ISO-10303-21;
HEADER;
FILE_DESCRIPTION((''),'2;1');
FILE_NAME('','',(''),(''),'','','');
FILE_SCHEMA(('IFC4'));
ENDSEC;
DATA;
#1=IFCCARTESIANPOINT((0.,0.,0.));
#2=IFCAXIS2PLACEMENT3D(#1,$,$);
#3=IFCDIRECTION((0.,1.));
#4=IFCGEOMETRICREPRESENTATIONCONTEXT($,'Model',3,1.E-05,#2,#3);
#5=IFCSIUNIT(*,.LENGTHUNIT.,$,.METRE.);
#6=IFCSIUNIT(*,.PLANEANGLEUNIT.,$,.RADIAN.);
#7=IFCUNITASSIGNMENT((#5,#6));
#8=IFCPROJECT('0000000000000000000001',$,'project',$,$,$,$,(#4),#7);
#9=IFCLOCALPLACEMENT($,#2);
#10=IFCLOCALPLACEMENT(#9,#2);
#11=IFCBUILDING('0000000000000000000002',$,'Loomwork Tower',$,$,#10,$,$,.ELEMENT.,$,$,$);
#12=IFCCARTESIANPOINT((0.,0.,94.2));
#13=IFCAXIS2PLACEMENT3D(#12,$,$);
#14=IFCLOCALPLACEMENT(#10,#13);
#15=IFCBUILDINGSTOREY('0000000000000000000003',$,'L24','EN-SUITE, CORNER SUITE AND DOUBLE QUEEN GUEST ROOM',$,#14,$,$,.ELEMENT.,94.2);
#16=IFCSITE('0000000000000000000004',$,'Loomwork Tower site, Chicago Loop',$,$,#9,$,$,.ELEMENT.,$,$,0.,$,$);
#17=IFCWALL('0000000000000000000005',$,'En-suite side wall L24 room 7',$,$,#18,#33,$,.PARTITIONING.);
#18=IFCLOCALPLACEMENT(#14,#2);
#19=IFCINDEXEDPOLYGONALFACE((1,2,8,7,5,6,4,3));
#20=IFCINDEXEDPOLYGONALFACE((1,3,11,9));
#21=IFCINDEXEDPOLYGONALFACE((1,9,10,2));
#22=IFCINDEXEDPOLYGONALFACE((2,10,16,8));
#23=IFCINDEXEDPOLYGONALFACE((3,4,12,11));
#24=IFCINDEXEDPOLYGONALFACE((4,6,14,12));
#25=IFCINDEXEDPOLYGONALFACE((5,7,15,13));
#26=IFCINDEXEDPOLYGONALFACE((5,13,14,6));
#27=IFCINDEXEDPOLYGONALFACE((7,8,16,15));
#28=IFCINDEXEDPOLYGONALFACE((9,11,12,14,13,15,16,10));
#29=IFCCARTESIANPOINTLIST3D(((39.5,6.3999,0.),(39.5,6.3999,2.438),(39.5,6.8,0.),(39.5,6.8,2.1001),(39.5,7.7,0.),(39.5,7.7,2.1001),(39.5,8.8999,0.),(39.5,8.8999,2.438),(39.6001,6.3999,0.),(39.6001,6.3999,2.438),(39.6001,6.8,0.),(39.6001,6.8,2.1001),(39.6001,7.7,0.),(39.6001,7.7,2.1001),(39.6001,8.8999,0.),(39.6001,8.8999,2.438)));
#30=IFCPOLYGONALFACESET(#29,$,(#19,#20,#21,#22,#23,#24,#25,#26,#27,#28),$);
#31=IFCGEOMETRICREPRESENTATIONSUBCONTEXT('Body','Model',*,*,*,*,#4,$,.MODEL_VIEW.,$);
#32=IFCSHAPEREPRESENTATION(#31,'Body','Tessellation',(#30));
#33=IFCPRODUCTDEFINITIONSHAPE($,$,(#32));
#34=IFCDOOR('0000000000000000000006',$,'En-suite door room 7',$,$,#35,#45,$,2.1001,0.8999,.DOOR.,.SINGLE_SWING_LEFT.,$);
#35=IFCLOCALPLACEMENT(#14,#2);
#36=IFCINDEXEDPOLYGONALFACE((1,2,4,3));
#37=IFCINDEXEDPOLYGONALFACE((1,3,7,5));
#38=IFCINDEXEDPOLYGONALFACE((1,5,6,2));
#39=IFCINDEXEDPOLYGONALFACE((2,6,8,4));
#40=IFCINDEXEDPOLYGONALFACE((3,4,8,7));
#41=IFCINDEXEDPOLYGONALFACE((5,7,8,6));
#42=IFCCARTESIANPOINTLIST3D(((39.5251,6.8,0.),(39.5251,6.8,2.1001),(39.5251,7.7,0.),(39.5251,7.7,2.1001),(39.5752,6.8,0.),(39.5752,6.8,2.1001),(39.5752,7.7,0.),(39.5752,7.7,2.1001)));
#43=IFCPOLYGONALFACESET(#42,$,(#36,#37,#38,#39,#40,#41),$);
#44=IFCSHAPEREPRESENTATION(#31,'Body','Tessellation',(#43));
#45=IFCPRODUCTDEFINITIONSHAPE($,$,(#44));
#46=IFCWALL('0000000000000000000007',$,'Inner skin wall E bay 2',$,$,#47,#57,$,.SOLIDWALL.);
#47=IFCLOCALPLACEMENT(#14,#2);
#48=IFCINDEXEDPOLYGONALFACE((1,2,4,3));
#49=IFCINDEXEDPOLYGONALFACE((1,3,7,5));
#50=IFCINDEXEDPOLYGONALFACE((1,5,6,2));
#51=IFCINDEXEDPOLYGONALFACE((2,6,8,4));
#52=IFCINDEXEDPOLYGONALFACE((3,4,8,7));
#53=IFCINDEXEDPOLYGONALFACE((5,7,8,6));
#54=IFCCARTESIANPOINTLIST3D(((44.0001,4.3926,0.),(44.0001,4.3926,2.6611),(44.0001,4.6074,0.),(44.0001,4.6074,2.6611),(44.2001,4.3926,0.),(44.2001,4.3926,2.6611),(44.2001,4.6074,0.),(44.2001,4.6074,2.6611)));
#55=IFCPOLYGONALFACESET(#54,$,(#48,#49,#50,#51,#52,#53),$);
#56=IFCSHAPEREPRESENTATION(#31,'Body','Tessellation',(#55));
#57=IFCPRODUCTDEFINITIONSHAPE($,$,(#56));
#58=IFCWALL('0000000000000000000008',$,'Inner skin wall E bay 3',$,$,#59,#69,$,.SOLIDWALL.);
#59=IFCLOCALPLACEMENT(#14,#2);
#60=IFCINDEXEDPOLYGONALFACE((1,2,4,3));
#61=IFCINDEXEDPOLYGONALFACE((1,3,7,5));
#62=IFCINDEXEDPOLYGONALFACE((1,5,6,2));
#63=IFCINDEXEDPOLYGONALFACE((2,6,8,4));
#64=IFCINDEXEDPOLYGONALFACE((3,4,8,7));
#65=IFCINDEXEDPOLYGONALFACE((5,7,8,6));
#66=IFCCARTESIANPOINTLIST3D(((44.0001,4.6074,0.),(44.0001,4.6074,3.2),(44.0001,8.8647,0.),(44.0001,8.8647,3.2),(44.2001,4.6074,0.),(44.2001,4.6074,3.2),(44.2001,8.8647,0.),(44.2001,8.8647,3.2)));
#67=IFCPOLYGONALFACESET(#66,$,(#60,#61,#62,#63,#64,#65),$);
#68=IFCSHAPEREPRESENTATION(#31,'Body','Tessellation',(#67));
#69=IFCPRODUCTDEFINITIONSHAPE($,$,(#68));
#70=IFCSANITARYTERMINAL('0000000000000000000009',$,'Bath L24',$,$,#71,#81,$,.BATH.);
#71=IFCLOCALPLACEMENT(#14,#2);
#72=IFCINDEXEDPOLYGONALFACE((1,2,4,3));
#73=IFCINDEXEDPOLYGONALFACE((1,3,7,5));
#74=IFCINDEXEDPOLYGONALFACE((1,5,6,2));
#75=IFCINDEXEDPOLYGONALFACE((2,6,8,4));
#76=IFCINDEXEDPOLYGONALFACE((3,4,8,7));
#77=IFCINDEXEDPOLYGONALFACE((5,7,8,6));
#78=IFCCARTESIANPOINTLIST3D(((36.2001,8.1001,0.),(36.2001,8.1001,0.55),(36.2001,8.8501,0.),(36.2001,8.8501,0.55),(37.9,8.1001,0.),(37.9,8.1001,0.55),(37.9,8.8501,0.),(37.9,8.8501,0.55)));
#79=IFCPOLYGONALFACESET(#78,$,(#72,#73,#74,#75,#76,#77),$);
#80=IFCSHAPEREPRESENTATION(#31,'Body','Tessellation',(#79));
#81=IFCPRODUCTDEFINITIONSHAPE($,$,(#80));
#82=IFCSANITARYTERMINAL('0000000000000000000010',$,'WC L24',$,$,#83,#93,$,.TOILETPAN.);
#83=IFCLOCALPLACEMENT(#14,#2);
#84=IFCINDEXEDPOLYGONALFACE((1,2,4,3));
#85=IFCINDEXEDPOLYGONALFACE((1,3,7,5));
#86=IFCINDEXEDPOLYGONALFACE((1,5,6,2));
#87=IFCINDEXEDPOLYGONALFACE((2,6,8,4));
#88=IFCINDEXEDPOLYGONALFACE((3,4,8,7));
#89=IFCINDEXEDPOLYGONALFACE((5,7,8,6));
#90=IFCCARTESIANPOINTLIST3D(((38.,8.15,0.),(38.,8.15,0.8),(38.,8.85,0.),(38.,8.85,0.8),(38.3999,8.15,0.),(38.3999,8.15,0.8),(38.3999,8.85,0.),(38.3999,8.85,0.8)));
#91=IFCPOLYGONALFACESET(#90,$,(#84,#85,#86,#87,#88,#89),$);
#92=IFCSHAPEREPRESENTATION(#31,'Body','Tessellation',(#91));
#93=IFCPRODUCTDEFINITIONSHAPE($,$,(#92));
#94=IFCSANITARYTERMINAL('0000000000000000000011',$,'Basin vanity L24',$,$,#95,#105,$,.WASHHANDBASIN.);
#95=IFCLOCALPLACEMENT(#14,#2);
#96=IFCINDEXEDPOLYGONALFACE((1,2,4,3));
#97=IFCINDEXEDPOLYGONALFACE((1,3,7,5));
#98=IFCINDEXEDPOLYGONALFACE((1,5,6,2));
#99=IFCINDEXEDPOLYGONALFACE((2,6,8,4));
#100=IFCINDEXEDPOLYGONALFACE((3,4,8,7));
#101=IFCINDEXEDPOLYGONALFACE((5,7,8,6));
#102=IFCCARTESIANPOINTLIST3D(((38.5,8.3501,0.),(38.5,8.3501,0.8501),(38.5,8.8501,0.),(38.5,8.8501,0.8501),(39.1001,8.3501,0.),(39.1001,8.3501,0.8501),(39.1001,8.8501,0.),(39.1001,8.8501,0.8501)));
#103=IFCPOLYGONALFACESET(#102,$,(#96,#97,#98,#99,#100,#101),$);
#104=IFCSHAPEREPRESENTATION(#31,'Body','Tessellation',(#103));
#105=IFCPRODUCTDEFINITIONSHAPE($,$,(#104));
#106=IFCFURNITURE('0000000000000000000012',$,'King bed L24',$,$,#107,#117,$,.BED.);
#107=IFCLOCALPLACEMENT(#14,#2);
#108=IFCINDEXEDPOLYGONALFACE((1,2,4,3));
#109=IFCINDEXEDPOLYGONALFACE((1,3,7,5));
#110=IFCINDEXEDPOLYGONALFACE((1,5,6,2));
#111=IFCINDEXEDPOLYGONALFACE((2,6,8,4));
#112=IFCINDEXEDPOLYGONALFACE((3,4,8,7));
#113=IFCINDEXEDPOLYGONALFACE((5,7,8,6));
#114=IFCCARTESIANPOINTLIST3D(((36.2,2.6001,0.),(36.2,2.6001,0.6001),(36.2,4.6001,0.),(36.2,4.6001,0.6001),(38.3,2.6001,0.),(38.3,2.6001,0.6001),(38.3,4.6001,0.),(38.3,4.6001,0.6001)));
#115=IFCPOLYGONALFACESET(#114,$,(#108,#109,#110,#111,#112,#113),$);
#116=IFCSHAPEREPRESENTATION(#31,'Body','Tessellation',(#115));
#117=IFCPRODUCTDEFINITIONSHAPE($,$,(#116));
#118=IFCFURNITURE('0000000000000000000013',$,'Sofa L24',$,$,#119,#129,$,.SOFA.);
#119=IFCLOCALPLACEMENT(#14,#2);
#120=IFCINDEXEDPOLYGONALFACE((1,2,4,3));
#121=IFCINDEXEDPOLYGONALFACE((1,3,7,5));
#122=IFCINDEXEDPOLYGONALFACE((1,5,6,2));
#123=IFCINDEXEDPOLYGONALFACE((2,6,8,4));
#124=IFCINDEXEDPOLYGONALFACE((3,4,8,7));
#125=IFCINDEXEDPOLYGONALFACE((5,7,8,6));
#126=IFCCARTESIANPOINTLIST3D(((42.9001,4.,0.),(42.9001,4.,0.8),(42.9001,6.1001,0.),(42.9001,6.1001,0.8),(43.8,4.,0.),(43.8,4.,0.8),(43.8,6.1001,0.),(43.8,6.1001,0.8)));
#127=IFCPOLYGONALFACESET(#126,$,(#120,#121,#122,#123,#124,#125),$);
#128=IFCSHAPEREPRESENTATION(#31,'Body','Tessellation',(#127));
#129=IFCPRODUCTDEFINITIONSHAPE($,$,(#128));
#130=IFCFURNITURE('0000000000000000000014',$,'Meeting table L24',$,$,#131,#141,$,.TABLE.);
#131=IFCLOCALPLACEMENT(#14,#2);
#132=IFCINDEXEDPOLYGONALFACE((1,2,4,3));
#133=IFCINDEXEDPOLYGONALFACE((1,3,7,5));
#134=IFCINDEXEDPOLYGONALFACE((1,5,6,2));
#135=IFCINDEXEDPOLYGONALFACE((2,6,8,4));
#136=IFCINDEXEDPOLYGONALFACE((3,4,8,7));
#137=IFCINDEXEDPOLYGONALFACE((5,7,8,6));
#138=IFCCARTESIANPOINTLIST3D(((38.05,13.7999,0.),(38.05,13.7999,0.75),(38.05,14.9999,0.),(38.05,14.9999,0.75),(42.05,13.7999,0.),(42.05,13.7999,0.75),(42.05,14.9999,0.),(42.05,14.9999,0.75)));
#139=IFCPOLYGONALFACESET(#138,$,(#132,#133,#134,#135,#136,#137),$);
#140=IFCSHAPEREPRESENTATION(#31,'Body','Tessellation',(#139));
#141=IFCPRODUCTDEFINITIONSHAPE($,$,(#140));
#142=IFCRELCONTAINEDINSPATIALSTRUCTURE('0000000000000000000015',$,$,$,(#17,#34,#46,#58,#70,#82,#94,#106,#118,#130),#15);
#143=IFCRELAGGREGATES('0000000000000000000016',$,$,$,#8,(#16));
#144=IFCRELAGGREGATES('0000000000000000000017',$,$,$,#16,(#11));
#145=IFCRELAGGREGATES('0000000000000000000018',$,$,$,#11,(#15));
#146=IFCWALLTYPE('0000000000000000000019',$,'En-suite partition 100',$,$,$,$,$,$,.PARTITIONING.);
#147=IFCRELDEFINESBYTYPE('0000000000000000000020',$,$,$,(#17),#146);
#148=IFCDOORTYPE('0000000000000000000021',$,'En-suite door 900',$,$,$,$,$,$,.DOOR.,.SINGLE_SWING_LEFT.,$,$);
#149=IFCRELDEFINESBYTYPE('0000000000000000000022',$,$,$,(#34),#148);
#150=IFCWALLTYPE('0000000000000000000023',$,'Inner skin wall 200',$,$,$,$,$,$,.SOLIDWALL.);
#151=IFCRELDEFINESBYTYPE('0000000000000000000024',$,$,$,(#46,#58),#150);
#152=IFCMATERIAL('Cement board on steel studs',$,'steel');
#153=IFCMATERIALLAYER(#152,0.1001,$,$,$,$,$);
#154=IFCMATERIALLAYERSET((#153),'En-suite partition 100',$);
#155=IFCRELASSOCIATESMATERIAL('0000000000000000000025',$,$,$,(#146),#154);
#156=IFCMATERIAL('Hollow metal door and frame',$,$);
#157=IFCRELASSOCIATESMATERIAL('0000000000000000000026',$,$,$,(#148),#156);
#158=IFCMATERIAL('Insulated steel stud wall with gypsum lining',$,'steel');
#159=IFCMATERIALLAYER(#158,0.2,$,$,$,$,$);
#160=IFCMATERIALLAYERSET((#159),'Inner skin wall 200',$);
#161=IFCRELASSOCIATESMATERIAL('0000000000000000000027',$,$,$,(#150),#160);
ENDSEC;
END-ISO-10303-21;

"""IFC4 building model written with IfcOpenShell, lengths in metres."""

from ifc_helpers import new_model, si_unit, direction, frame, frame_2d, origin, origin_2d, place, context, subcontext, project, spatial, rectangle, extrude, material, layer, layer_set, type_object, element, fill, save


model = new_model("IFC4")

# Units and contexts
model_context = context("Model", 3, precision=1e-05, world=origin(), true_north=direction((0.0, 1.0)))
body_context = subcontext(model_context, "Body", "Model", "MODEL_VIEW")
ifc_project = project(units=[si_unit("LENGTHUNIT", "METRE"), si_unit("PLANEANGLEUNIT", "RADIAN")], contexts=[model_context])

# Site, building, storey
site_placement = place(None, origin())
site = spatial("IfcSite", under=ifc_project, at=site_placement, Name="Loomwork Tower site, Chicago Loop", CompositionType="ELEMENT", RefElevation=0.0)
building_placement = place(site_placement, origin())
building = spatial("IfcBuilding", under=site, at=building_placement, Name="Loomwork Tower", CompositionType="ELEMENT")
storey_placement = place(building_placement, frame((0.0, 0.0, 94.2)))
storey = spatial("IfcBuildingStorey", under=building, at=storey_placement, Name="L24", Description="EN-SUITE, CORNER SUITE AND DOUBLE QUEEN GUEST ROOM", CompositionType="ELEMENT", Elevation=94.2)

# Shared definitions
ifc_material_1 = material(Name="Cement board on steel studs", Category="steel")
ifc_layer_1 = layer(ifc_material_1, 0.1001)
ifc_layer_set_1 = layer_set([ifc_layer_1], Name="En-suite partition 100")
wall_type_1 = type_object("IfcWallType", Name="En-suite partition 100", PredefinedType="PARTITIONING", material=ifc_layer_set_1)

# Wall, opening, door
wall_1_placement = place(storey_placement, frame((39.55, 8.8999, 0.0), z_axis=(0.0, 0.0, 1.0), x_axis=(0.0, -1.0, 0.0)))
wall_1 = element("IfcWall", 1, at=wall_1_placement, inside=storey, type_object=wall_type_1, Name="En-suite side wall L24 room 7", PredefinedType="PARTITIONING", context=body_context, shape_type="SweptSolid", body=[
    extrude(rectangle(XDim=2.5, YDim=0.1001, at=frame_2d((1.25, 0.0))), origin(), (0.0, 0.0, 1.0), 2.438),
])
opening_1_placement = place(wall_1_placement, frame((1.2, 0.0, 0.0)))
opening_1 = element("IfcOpeningElement", 2, at=opening_1_placement, cuts=wall_1, PredefinedType="OPENING", context=body_context, shape_type="SweptSolid", body=[
    extrude(rectangle(XDim=0.8999, YDim=2.1001, at=frame_2d((0.45, 1.05))), frame((0.0, 0.0601, 0.0), z_axis=(0.0, -1.0, 0.0), x_axis=(1.0, 0.0, 0.0)), (0.0, 0.0, 1.0), 0.1201),
])
ifc_material_2 = material(Name="Hollow metal door and frame")
door_type_1 = type_object("IfcDoorType", Name="En-suite door 900", OperationType="SINGLE_SWING_LEFT", PredefinedType="DOOR", material=ifc_material_2)
door_1_placement = place(opening_1_placement, frame((0.8999, 0.0, 0.0), z_axis=(0.0, 0.0, 1.0), x_axis=(-1.0, 0.0, 0.0)))
door_1 = element("IfcDoor", 3, at=door_1_placement, inside=storey, type_object=door_type_1, Name="En-suite door room 7", OperationType="SINGLE_SWING_LEFT", OverallHeight=2.1001, OverallWidth=0.8999, PredefinedType="DOOR", context=body_context, shape_type="SweptSolid", body=[
    extrude(rectangle(XDim=0.8999, YDim=2.1001, at=frame_2d((0.45, 1.05))), frame((0.0, 0.0249, 0.0), z_axis=(0.0, -1.0, 0.0), x_axis=(1.0, 0.0, 0.0)), (0.0, 0.0, 1.0), 0.05),
])
fill(opening_1, door_1)

# Walls
ifc_material_3 = material(Name="Insulated steel stud wall with gypsum lining", Category="steel")
ifc_layer_2 = layer(ifc_material_3, 0.2)
ifc_layer_set_2 = layer_set([ifc_layer_2], Name="Inner skin wall 200")
wall_type_2 = type_object("IfcWallType", Name="Inner skin wall 200", PredefinedType="SOLIDWALL", material=ifc_layer_set_2)
wall_2_placement = place(storey_placement, frame((44.1001, 4.3926, 0.0), z_axis=(0.0, 0.0, 1.0), x_axis=(0.0, 1.0, 0.0)))
element("IfcWall", 4, at=wall_2_placement, inside=storey, type_object=wall_type_2, Name="Inner skin wall E bay 2", PredefinedType="SOLIDWALL", context=body_context, shape_type="SweptSolid", body=[
    extrude(rectangle(XDim=0.2148, YDim=0.2, at=frame_2d((0.1074, 0.0))), origin(), (0.0, 0.0, 1.0), 2.6611),
])
wall_3_placement = place(storey_placement, frame((44.1001, 4.6074, 0.0), z_axis=(0.0, 0.0, 1.0), x_axis=(0.0, 1.0, 0.0)))
element("IfcWall", 5, at=wall_3_placement, inside=storey, type_object=wall_type_2, Name="Inner skin wall E bay 3", PredefinedType="SOLIDWALL", context=body_context, shape_type="SweptSolid", body=[
    extrude(rectangle(XDim=4.2573, YDim=0.2, at=frame_2d((2.1287, 0.0))), origin(), (0.0, 0.0, 1.0), 3.2),
])

# Sanitary terminals
sanitary_terminal_1_placement = place(storey_placement, frame((37.05, 8.4751, 0.0), z_axis=(0.0, 0.0, 1.0), x_axis=(1.0, 0.0, 0.0)))
element("IfcSanitaryTerminal", 6, at=sanitary_terminal_1_placement, inside=storey, Name="Bath L24", PredefinedType="BATH", context=body_context, shape_type="SweptSolid", body=[
    extrude(rectangle(XDim=1.7, YDim=0.75, at=origin_2d()), origin(), (0.0, 0.0, 1.0), 0.55),
])
sanitary_terminal_2_placement = place(storey_placement, frame((38.2, 8.5, 0.0), z_axis=(0.0, 0.0, 1.0), x_axis=(1.0, 0.0, 0.0)))
element("IfcSanitaryTerminal", 7, at=sanitary_terminal_2_placement, inside=storey, Name="WC L24", PredefinedType="TOILETPAN", context=body_context, shape_type="SweptSolid", body=[
    extrude(rectangle(XDim=0.3999, YDim=0.7, at=origin_2d()), origin(), (0.0, 0.0, 1.0), 0.8),
])
sanitary_terminal_3_placement = place(storey_placement, frame((38.8, 8.6001, 0.0), z_axis=(0.0, 0.0, 1.0), x_axis=(1.0, 0.0, 0.0)))
element("IfcSanitaryTerminal", 8, at=sanitary_terminal_3_placement, inside=storey, Name="Basin vanity L24", PredefinedType="WASHHANDBASIN", context=body_context, shape_type="SweptSolid", body=[
    extrude(rectangle(XDim=0.6001, YDim=0.5, at=origin_2d()), origin(), (0.0, 0.0, 1.0), 0.8501),
])

# Furniture
furniture_1_placement = place(storey_placement, frame((37.25, 3.6001, 0.0), z_axis=(0.0, 0.0, 1.0), x_axis=(1.0, 0.0, 0.0)))
element("IfcFurniture", 9, at=furniture_1_placement, inside=storey, Name="King bed L24", PredefinedType="BED", context=body_context, shape_type="SweptSolid", body=[
    extrude(rectangle(XDim=2.1001, YDim=2.0, at=origin_2d()), origin(), (0.0, 0.0, 1.0), 0.6001),
])
furniture_2_placement = place(storey_placement, frame((43.3501, 5.05, 0.0), z_axis=(0.0, 0.0, 1.0), x_axis=(1.0, 0.0, 0.0)))
element("IfcFurniture", 10, at=furniture_2_placement, inside=storey, Name="Sofa L24", PredefinedType="SOFA", context=body_context, shape_type="SweptSolid", body=[
    extrude(rectangle(XDim=0.8999, YDim=2.1001, at=origin_2d()), origin(), (0.0, 0.0, 1.0), 0.8),
])
furniture_3_placement = place(storey_placement, frame((40.05, 14.3999, 0.0), z_axis=(0.0, 0.0, 1.0), x_axis=(1.0, 0.0, 0.0)))
element("IfcFurniture", 11, at=furniture_3_placement, inside=storey, Name="Meeting table L24", PredefinedType="TABLE", context=body_context, shape_type="SweptSolid", body=[
    extrude(rectangle(XDim=4.0, YDim=1.2, at=origin_2d()), origin(), (0.0, 0.0, 1.0), 0.75),
])

save(model, "model.ifc")
